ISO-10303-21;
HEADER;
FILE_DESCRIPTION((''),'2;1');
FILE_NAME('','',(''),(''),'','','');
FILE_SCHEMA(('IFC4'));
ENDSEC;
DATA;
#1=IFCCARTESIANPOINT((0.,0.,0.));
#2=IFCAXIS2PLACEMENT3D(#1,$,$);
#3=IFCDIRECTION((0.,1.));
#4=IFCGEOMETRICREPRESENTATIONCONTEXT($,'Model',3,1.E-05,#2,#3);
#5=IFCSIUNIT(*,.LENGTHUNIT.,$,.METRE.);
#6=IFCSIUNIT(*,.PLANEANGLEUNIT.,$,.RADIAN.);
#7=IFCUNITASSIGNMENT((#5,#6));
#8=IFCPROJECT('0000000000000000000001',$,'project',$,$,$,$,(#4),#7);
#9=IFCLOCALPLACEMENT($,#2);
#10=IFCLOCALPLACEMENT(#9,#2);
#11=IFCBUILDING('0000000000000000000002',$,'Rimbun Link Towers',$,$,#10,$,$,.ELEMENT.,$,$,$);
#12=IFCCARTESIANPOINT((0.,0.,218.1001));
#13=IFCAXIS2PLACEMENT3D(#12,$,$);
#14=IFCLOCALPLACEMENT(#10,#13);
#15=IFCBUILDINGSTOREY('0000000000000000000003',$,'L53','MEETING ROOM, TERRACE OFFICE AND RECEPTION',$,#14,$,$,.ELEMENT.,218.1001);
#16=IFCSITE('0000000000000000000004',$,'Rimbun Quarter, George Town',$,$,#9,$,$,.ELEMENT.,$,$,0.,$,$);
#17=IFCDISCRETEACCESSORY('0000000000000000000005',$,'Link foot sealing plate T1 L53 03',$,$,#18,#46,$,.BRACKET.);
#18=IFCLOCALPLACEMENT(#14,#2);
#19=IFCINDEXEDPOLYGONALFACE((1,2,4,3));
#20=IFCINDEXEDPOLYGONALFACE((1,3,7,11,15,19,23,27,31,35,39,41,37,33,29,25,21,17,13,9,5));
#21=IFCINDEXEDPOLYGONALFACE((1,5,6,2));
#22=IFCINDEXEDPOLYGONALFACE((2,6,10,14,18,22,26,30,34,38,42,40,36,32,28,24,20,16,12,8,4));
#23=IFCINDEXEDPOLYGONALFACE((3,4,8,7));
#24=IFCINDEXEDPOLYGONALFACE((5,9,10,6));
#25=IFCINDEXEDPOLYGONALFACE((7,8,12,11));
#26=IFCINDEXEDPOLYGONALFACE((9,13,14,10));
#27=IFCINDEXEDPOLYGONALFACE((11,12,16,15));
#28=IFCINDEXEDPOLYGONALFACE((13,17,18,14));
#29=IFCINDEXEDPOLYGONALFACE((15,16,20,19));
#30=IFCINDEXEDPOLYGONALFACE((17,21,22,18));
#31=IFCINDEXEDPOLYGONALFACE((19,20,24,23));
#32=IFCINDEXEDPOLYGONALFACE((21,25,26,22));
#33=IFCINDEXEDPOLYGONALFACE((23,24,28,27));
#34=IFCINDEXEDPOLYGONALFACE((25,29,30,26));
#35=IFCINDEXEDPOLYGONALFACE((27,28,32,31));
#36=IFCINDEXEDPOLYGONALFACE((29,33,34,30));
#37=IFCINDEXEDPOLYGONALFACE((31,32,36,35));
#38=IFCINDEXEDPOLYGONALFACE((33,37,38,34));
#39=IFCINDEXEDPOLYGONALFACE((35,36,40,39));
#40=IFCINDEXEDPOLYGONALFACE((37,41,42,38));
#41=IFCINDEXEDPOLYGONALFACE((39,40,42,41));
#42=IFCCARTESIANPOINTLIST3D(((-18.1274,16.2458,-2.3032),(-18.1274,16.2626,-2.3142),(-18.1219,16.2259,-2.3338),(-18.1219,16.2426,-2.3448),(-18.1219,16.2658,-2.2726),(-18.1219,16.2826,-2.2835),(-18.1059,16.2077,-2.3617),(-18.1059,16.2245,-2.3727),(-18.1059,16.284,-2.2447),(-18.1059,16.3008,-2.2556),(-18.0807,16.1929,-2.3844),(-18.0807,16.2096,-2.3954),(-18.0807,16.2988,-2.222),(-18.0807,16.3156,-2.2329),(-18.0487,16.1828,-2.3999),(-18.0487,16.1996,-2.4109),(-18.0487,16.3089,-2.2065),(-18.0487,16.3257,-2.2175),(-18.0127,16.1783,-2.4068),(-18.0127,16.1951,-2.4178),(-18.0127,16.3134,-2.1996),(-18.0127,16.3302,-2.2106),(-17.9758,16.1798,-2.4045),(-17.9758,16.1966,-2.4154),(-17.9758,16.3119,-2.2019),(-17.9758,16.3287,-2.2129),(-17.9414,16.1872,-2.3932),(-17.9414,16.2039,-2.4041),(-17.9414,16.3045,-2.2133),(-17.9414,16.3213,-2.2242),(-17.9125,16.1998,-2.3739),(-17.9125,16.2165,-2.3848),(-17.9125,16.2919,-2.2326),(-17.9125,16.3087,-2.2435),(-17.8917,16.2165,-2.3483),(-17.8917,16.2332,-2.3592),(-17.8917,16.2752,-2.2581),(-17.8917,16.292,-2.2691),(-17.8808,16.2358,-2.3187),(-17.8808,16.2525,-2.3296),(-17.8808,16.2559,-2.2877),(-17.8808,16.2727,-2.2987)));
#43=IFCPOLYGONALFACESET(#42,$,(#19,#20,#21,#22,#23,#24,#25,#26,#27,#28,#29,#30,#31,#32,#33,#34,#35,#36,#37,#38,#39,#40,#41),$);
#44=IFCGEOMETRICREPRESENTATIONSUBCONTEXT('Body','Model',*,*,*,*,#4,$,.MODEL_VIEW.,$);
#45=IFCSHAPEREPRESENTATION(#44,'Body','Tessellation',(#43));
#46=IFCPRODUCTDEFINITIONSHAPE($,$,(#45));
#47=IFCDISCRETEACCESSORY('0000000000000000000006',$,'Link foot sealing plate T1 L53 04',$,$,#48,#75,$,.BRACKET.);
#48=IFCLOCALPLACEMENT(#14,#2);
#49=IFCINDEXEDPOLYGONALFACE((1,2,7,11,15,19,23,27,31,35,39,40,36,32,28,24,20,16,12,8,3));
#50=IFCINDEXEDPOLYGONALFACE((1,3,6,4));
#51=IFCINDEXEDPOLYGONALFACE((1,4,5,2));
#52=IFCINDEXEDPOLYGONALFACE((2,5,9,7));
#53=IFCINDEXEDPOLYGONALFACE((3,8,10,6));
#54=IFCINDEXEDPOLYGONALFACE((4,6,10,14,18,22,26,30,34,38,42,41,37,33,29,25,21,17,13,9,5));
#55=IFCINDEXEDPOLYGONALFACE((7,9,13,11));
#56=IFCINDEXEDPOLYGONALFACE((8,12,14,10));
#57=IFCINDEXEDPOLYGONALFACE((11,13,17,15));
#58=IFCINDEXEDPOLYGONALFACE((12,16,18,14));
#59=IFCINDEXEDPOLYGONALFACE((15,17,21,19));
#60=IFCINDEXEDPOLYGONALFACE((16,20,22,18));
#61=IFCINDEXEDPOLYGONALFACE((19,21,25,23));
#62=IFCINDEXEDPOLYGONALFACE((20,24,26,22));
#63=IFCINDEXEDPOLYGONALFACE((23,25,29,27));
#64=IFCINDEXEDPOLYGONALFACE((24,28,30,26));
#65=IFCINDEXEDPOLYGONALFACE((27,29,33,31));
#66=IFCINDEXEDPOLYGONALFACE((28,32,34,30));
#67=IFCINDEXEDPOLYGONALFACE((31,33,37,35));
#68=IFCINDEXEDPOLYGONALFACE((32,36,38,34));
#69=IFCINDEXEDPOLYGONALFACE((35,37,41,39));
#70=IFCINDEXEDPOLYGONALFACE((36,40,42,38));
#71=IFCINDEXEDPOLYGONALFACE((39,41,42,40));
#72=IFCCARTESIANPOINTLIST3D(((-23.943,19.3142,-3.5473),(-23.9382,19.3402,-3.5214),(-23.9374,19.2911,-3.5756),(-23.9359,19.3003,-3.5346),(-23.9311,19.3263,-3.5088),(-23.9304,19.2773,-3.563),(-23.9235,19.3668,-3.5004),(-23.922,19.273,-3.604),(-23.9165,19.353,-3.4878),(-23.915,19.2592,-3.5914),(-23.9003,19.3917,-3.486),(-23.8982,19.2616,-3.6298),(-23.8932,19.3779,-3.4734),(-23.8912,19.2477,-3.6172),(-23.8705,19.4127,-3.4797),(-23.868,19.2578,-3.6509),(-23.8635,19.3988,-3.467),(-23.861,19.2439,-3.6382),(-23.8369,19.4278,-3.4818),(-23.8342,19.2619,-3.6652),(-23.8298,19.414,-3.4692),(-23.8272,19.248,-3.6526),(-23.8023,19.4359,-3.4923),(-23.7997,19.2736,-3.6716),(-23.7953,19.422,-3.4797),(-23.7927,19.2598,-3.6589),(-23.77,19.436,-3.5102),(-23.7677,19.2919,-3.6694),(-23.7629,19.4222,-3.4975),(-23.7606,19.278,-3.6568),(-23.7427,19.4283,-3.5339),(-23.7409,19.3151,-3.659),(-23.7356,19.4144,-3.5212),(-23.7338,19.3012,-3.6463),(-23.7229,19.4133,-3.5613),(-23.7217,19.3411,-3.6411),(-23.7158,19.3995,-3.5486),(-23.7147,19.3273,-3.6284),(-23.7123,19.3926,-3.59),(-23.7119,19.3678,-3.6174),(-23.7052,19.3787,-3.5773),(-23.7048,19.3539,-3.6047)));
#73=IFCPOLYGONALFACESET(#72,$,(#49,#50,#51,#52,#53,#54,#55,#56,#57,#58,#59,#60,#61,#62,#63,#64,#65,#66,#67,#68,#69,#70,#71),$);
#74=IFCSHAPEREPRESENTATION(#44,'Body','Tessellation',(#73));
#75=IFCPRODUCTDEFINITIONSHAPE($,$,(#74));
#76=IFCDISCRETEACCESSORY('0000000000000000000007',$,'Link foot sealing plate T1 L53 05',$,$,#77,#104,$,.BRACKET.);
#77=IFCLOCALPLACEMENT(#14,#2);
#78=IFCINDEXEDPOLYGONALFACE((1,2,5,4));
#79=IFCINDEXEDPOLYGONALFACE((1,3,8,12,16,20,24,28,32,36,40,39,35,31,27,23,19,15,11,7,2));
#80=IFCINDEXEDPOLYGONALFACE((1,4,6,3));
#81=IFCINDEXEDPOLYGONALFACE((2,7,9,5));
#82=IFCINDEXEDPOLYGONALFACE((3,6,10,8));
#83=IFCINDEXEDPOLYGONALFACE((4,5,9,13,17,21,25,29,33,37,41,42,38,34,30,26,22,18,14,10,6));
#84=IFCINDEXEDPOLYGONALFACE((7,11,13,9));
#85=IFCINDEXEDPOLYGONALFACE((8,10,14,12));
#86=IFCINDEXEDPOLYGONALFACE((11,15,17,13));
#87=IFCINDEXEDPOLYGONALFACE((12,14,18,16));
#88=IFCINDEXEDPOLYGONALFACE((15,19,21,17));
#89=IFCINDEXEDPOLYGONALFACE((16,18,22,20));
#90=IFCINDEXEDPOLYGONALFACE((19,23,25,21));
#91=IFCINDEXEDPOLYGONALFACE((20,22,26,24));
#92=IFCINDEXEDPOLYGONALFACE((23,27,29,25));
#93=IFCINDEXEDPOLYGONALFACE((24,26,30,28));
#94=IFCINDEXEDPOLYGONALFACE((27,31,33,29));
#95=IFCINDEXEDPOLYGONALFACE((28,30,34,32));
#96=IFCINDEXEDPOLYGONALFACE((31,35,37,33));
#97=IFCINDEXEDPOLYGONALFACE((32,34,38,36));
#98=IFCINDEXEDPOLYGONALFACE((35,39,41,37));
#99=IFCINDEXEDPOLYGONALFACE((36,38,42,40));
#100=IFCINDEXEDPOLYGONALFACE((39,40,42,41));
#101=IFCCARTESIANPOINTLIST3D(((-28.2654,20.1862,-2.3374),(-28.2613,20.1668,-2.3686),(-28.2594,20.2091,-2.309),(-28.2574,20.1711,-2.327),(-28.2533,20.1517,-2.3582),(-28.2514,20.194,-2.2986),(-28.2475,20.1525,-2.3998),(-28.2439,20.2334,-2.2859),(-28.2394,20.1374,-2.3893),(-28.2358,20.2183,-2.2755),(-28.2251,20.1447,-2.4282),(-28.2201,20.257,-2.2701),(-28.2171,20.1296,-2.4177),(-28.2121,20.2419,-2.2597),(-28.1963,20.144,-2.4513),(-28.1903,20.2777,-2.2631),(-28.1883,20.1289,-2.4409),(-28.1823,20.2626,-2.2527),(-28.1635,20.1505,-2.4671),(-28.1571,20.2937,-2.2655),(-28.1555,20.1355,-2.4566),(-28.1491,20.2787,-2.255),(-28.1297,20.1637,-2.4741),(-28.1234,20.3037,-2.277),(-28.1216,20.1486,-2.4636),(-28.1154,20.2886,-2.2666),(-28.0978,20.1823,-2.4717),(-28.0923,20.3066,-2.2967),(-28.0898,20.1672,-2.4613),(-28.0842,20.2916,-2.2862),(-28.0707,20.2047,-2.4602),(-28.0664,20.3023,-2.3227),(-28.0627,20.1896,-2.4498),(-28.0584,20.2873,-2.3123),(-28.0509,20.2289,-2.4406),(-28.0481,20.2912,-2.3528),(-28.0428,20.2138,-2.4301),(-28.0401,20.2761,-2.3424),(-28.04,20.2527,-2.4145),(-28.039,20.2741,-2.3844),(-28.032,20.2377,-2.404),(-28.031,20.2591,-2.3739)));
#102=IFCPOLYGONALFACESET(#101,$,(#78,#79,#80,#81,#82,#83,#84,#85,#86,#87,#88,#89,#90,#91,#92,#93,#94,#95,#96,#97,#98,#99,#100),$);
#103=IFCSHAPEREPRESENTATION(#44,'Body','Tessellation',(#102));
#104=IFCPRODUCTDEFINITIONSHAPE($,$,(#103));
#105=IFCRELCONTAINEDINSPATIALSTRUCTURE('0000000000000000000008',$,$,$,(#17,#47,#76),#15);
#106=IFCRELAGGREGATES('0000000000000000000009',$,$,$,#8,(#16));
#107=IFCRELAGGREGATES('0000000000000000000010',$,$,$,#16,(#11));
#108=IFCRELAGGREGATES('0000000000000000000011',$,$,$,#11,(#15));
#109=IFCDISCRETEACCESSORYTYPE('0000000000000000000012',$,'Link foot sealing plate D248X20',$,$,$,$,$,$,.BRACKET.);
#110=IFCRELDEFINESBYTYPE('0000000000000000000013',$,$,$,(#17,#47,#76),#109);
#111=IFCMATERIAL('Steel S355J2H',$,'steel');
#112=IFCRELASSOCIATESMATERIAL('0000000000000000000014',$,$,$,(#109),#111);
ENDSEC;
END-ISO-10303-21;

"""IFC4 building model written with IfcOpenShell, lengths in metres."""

from ifc_helpers import new_model, si_unit, direction, frame, origin, origin_2d, place, context, subcontext, project, spatial, circle, extrude, material, material_profile, profile_set, type_object, element, save


model = new_model("IFC4")

# Units and contexts
model_context = context("Model", 3, precision=1e-05, world=origin(), true_north=direction((0.0, 1.0)))
body_context = subcontext(model_context, "Body", "Model", "MODEL_VIEW")
ifc_project = project(units=[si_unit("LENGTHUNIT", "METRE"), si_unit("PLANEANGLEUNIT", "RADIAN")], contexts=[model_context])

# Site, building, storey
site_placement = place(None, origin())
site = spatial("IfcSite", under=ifc_project, at=site_placement, Name="Rimbun Quarter, George Town", CompositionType="ELEMENT", RefElevation=0.0)
building_placement = place(site_placement, origin())
building = spatial("IfcBuilding", under=site, at=building_placement, Name="Rimbun Link Towers", CompositionType="ELEMENT")
storey_placement = place(building_placement, frame((0.0, 0.0, 218.1001)))
storey = spatial("IfcBuildingStorey", under=building, at=storey_placement, Name="L53", Description="MEETING ROOM, TERRACE OFFICE AND RECEPTION", CompositionType="ELEMENT", Elevation=218.1001)

# Discrete accessories
ifc_material_1 = material(Name="Steel S355J2H", Category="steel")
ifc_material_profile_1 = material_profile(ifc_material_1, circle(Radius=0.124, at=origin_2d()), Name="PL D248")
ifc_profile_set_1 = profile_set([ifc_material_profile_1], Name="Steel S355J2H")
discrete_accessory_type = type_object("IfcDiscreteAccessoryType", Name="Link foot sealing plate D248X20", PredefinedType="BRACKET", material=ifc_profile_set_1)
for number, where, z_axis, x_axis, name in (
    (1, (-18.0034, 16.2458, -2.3032), (0.0, 0.837611, -0.546268), (-1.0, 0.0, 0.0), "Link foot sealing plate T1 L53 03"),
    (2, (-23.8198, 19.3335, -3.563), (-0.351832, 0.691532, -0.630871), (-0.891278, -0.453457, 0.0), "Link foot sealing plate T1 L53 04"),
    (3, (-28.1438, 20.21, -2.3582), (-0.400714, 0.752858, -0.522143), (-0.882747, -0.469849, 0.0), "Link foot sealing plate T1 L53 05"),
):
    element("IfcDiscreteAccessory", number, at=place(storey_placement, frame(where, z_axis=z_axis, x_axis=x_axis)), inside=storey, type_object=discrete_accessory_type, Name=name, PredefinedType="BRACKET", context=body_context, shape_type="SweptSolid", body=[
        extrude(circle(Radius=0.124, at=origin_2d()), origin(), (0.0, 0.0, 1.0), 0.02),
    ])

save(model, "model.ifc")
